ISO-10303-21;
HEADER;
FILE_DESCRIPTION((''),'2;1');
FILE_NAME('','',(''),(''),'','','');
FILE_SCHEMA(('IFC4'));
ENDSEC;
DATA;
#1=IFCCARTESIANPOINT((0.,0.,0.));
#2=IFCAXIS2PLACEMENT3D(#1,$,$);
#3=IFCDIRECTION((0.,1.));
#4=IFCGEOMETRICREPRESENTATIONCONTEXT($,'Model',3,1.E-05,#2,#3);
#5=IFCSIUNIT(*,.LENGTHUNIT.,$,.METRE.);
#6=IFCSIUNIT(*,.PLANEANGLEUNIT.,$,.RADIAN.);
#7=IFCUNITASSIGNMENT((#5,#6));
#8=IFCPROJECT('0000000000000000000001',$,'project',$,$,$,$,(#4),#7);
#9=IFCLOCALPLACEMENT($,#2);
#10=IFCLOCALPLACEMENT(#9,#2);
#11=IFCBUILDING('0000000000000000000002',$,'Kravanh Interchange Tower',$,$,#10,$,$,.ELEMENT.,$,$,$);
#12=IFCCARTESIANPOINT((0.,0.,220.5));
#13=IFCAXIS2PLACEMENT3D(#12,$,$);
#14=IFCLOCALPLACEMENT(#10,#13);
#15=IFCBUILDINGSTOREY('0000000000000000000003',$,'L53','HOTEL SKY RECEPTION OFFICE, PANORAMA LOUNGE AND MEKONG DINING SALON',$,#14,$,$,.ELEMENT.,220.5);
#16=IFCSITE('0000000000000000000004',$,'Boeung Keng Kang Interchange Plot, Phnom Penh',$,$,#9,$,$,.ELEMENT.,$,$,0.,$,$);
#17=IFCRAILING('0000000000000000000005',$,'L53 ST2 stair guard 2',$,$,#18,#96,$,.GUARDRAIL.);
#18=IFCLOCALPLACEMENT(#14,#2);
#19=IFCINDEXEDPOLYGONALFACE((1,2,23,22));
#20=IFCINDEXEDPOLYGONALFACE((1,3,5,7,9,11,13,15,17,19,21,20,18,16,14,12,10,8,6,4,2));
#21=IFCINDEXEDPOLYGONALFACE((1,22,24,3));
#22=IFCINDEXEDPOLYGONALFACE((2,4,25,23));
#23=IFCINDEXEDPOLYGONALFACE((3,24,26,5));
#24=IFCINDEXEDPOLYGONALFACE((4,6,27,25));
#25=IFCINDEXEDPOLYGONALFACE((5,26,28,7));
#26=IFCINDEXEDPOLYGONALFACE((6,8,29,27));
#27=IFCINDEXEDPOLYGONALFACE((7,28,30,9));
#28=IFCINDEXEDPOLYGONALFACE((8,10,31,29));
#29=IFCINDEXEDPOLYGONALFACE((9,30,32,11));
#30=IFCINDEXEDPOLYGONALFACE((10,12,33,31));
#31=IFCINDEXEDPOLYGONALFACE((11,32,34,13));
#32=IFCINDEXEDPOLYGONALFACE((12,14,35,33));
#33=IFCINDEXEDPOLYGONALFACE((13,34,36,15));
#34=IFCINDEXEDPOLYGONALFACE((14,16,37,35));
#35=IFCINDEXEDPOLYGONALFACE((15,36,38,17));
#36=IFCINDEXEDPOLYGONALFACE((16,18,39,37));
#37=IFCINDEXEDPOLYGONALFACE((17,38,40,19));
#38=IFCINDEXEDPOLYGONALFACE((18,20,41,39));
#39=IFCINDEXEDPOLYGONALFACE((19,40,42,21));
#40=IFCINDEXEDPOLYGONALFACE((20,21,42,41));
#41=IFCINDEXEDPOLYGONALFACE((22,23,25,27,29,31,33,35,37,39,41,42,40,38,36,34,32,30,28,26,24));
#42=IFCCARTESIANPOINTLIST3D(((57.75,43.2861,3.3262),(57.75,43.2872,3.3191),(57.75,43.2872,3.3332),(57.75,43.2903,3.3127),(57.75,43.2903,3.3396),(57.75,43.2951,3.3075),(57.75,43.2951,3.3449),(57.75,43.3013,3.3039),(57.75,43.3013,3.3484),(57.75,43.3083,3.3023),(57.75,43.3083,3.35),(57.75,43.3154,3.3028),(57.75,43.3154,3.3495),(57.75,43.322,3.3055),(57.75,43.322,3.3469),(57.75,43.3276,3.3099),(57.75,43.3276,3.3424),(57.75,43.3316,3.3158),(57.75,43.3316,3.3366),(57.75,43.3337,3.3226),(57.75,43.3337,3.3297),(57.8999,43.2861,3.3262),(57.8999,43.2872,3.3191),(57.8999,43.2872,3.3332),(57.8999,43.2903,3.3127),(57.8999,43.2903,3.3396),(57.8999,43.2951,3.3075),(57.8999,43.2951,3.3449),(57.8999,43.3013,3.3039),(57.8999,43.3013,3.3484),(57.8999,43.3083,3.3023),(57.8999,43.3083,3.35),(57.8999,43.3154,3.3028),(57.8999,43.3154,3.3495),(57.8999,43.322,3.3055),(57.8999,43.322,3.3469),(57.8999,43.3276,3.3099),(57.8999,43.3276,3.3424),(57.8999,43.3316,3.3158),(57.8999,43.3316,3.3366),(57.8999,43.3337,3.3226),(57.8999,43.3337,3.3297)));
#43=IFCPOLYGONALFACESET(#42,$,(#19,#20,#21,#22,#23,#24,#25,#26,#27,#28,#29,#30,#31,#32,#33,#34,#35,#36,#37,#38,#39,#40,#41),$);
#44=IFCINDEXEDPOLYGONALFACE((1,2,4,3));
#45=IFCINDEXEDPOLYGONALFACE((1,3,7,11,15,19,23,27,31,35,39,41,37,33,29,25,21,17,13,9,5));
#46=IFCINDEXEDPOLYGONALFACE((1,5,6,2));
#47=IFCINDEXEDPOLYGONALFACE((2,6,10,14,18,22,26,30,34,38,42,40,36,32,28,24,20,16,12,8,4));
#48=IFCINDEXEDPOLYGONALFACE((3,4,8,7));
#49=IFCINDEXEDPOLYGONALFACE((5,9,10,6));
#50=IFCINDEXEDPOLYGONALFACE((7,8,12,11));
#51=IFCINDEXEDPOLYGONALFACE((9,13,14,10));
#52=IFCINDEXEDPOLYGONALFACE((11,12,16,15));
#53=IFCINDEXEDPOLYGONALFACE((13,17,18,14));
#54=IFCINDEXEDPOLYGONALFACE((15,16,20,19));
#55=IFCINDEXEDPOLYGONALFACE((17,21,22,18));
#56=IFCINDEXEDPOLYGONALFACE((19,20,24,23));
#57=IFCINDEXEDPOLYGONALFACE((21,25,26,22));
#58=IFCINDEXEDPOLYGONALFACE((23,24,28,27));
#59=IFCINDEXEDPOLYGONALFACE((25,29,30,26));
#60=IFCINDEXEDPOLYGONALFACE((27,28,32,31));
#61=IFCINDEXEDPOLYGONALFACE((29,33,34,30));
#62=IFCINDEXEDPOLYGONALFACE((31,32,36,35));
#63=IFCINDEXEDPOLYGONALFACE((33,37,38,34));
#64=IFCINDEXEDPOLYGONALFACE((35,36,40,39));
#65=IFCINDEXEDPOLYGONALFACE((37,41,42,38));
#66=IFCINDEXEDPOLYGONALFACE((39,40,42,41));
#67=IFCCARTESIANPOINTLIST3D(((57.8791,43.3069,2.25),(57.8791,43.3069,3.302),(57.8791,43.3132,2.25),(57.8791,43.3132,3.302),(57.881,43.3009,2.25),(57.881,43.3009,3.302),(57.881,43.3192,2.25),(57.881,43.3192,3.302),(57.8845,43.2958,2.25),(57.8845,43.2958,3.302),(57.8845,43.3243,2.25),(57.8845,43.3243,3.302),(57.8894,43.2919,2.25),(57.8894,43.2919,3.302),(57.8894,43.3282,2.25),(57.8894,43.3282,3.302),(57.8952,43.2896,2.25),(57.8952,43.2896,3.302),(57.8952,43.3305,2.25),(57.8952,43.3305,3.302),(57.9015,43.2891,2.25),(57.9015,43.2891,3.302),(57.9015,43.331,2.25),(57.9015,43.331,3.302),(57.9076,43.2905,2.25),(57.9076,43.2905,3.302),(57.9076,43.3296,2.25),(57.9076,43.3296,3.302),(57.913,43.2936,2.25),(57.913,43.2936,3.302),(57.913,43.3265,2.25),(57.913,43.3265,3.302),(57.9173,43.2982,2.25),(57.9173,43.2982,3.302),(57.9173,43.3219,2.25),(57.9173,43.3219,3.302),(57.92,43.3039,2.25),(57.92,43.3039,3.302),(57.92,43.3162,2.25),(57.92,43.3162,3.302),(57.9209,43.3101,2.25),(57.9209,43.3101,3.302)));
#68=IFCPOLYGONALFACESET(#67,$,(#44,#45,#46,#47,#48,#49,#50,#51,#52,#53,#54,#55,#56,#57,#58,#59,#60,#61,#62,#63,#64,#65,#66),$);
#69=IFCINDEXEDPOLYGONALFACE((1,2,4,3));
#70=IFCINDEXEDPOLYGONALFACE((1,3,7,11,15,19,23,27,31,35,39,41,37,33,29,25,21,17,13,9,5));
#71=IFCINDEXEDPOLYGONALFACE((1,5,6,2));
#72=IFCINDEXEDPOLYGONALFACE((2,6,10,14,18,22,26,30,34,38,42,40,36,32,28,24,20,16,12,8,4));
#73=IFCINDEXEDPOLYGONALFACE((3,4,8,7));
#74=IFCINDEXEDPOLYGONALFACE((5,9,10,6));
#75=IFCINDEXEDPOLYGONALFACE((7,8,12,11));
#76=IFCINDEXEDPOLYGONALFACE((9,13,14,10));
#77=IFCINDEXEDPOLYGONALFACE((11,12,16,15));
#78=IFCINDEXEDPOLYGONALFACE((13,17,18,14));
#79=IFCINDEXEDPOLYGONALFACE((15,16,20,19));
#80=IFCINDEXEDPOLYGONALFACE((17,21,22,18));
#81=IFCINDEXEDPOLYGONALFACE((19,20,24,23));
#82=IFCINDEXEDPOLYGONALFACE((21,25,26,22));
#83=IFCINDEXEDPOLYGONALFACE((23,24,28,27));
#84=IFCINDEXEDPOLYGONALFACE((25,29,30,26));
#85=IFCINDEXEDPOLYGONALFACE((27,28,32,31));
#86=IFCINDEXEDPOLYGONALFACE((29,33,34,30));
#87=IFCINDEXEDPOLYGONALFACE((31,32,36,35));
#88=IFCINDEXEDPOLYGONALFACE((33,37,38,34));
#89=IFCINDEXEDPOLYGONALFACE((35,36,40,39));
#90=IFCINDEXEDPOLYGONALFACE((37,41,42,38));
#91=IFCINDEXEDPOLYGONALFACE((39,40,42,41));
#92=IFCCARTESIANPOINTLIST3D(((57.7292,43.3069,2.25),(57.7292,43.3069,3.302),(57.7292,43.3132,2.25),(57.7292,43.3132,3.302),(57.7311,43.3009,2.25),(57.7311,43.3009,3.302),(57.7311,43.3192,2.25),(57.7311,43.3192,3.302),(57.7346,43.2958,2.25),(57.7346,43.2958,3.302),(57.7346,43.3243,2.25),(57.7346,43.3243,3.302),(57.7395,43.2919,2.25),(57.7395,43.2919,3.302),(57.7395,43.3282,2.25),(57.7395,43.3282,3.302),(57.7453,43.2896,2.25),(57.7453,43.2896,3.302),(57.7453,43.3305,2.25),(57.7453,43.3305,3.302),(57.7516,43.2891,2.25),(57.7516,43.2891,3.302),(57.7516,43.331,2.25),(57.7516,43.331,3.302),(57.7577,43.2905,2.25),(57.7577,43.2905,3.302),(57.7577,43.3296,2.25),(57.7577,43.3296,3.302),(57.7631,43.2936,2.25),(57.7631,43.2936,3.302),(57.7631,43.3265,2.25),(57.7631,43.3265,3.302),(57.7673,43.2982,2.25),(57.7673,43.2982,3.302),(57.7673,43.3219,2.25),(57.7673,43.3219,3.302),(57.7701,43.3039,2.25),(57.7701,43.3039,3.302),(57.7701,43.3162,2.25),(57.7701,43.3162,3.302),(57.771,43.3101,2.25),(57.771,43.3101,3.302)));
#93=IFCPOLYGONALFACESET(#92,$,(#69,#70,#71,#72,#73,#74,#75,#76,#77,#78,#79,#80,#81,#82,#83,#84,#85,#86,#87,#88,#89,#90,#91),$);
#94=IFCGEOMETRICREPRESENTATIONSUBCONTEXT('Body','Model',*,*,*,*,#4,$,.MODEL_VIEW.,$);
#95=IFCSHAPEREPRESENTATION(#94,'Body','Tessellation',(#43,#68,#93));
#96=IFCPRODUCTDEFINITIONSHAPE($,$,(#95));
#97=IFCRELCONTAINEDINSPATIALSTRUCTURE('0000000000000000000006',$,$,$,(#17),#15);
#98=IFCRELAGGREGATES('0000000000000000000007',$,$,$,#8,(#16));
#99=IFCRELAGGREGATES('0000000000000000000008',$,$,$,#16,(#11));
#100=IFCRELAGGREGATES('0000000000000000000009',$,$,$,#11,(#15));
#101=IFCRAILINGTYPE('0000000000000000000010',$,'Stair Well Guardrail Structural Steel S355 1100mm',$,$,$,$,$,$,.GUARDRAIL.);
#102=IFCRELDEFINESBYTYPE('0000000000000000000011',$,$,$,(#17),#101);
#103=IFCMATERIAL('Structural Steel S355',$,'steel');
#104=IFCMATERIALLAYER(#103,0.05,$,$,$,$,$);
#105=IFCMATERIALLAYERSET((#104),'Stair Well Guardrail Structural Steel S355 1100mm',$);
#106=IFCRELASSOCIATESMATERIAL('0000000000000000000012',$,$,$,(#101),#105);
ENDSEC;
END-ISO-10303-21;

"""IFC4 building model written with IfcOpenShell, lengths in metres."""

from ifc_helpers import new_model, si_unit, direction, frame, origin, origin_2d, place, context, subcontext, project, spatial, circle, extrude, material, layer, layer_set, type_object, element, save


model = new_model("IFC4")

# Units and contexts
model_context = context("Model", 3, precision=1e-05, world=origin(), true_north=direction((0.0, 1.0)))
body_context = subcontext(model_context, "Body", "Model", "MODEL_VIEW")
ifc_project = project(units=[si_unit("LENGTHUNIT", "METRE"), si_unit("PLANEANGLEUNIT", "RADIAN")], contexts=[model_context])

# Site, building, storey
site_placement = place(None, origin())
site = spatial("IfcSite", under=ifc_project, at=site_placement, Name="Boeung Keng Kang Interchange Plot, Phnom Penh", CompositionType="ELEMENT", RefElevation=0.0)
building_placement = place(site_placement, origin())
building = spatial("IfcBuilding", under=site, at=building_placement, Name="Kravanh Interchange Tower", CompositionType="ELEMENT")
storey_placement = place(building_placement, frame((0.0, 0.0, 220.5)))
storey = spatial("IfcBuildingStorey", under=building, at=storey_placement, Name="L53", Description="HOTEL SKY RECEPTION OFFICE, PANORAMA LOUNGE AND MEKONG DINING SALON", CompositionType="ELEMENT", Elevation=220.5)

# Railing
ifc_material_1 = material(Name="Structural Steel S355", Category="steel")
ifc_layer_1 = layer(ifc_material_1, 0.05)
ifc_layer_set_1 = layer_set([ifc_layer_1], Name="Stair Well Guardrail Structural Steel S355 1100mm")
railing_type_1 = type_object("IfcRailingType", Name="Stair Well Guardrail Structural Steel S355 1100mm", PredefinedType="GUARDRAIL", material=ifc_layer_set_1)
railing_1_placement = place(storey_placement, frame((57.8999, 43.3101, 2.25)))
element("IfcRailing", 1, at=railing_1_placement, inside=storey, type_object=railing_type_1, Name="L53 ST2 stair guard 2", PredefinedType="GUARDRAIL", context=body_context, shape_type="SweptSolid", body=[
    extrude(circle(Radius=0.0239, at=origin_2d()), frame((0.0, 0.0, 1.0762), z_axis=(-1.0, 0.0, 0.0), x_axis=(0.0, -1.0, 0.0)), (0.0, 0.0, 1.0), 0.1499),
    extrude(circle(Radius=0.021, at=origin_2d()), origin(), (0.0, 0.0, 1.0), 1.052),
    extrude(circle(Radius=0.021, at=origin_2d()), frame((-0.1499, 0.0, 0.0)), (0.0, 0.0, 1.0), 1.052),
])

save(model, "model.ifc")
